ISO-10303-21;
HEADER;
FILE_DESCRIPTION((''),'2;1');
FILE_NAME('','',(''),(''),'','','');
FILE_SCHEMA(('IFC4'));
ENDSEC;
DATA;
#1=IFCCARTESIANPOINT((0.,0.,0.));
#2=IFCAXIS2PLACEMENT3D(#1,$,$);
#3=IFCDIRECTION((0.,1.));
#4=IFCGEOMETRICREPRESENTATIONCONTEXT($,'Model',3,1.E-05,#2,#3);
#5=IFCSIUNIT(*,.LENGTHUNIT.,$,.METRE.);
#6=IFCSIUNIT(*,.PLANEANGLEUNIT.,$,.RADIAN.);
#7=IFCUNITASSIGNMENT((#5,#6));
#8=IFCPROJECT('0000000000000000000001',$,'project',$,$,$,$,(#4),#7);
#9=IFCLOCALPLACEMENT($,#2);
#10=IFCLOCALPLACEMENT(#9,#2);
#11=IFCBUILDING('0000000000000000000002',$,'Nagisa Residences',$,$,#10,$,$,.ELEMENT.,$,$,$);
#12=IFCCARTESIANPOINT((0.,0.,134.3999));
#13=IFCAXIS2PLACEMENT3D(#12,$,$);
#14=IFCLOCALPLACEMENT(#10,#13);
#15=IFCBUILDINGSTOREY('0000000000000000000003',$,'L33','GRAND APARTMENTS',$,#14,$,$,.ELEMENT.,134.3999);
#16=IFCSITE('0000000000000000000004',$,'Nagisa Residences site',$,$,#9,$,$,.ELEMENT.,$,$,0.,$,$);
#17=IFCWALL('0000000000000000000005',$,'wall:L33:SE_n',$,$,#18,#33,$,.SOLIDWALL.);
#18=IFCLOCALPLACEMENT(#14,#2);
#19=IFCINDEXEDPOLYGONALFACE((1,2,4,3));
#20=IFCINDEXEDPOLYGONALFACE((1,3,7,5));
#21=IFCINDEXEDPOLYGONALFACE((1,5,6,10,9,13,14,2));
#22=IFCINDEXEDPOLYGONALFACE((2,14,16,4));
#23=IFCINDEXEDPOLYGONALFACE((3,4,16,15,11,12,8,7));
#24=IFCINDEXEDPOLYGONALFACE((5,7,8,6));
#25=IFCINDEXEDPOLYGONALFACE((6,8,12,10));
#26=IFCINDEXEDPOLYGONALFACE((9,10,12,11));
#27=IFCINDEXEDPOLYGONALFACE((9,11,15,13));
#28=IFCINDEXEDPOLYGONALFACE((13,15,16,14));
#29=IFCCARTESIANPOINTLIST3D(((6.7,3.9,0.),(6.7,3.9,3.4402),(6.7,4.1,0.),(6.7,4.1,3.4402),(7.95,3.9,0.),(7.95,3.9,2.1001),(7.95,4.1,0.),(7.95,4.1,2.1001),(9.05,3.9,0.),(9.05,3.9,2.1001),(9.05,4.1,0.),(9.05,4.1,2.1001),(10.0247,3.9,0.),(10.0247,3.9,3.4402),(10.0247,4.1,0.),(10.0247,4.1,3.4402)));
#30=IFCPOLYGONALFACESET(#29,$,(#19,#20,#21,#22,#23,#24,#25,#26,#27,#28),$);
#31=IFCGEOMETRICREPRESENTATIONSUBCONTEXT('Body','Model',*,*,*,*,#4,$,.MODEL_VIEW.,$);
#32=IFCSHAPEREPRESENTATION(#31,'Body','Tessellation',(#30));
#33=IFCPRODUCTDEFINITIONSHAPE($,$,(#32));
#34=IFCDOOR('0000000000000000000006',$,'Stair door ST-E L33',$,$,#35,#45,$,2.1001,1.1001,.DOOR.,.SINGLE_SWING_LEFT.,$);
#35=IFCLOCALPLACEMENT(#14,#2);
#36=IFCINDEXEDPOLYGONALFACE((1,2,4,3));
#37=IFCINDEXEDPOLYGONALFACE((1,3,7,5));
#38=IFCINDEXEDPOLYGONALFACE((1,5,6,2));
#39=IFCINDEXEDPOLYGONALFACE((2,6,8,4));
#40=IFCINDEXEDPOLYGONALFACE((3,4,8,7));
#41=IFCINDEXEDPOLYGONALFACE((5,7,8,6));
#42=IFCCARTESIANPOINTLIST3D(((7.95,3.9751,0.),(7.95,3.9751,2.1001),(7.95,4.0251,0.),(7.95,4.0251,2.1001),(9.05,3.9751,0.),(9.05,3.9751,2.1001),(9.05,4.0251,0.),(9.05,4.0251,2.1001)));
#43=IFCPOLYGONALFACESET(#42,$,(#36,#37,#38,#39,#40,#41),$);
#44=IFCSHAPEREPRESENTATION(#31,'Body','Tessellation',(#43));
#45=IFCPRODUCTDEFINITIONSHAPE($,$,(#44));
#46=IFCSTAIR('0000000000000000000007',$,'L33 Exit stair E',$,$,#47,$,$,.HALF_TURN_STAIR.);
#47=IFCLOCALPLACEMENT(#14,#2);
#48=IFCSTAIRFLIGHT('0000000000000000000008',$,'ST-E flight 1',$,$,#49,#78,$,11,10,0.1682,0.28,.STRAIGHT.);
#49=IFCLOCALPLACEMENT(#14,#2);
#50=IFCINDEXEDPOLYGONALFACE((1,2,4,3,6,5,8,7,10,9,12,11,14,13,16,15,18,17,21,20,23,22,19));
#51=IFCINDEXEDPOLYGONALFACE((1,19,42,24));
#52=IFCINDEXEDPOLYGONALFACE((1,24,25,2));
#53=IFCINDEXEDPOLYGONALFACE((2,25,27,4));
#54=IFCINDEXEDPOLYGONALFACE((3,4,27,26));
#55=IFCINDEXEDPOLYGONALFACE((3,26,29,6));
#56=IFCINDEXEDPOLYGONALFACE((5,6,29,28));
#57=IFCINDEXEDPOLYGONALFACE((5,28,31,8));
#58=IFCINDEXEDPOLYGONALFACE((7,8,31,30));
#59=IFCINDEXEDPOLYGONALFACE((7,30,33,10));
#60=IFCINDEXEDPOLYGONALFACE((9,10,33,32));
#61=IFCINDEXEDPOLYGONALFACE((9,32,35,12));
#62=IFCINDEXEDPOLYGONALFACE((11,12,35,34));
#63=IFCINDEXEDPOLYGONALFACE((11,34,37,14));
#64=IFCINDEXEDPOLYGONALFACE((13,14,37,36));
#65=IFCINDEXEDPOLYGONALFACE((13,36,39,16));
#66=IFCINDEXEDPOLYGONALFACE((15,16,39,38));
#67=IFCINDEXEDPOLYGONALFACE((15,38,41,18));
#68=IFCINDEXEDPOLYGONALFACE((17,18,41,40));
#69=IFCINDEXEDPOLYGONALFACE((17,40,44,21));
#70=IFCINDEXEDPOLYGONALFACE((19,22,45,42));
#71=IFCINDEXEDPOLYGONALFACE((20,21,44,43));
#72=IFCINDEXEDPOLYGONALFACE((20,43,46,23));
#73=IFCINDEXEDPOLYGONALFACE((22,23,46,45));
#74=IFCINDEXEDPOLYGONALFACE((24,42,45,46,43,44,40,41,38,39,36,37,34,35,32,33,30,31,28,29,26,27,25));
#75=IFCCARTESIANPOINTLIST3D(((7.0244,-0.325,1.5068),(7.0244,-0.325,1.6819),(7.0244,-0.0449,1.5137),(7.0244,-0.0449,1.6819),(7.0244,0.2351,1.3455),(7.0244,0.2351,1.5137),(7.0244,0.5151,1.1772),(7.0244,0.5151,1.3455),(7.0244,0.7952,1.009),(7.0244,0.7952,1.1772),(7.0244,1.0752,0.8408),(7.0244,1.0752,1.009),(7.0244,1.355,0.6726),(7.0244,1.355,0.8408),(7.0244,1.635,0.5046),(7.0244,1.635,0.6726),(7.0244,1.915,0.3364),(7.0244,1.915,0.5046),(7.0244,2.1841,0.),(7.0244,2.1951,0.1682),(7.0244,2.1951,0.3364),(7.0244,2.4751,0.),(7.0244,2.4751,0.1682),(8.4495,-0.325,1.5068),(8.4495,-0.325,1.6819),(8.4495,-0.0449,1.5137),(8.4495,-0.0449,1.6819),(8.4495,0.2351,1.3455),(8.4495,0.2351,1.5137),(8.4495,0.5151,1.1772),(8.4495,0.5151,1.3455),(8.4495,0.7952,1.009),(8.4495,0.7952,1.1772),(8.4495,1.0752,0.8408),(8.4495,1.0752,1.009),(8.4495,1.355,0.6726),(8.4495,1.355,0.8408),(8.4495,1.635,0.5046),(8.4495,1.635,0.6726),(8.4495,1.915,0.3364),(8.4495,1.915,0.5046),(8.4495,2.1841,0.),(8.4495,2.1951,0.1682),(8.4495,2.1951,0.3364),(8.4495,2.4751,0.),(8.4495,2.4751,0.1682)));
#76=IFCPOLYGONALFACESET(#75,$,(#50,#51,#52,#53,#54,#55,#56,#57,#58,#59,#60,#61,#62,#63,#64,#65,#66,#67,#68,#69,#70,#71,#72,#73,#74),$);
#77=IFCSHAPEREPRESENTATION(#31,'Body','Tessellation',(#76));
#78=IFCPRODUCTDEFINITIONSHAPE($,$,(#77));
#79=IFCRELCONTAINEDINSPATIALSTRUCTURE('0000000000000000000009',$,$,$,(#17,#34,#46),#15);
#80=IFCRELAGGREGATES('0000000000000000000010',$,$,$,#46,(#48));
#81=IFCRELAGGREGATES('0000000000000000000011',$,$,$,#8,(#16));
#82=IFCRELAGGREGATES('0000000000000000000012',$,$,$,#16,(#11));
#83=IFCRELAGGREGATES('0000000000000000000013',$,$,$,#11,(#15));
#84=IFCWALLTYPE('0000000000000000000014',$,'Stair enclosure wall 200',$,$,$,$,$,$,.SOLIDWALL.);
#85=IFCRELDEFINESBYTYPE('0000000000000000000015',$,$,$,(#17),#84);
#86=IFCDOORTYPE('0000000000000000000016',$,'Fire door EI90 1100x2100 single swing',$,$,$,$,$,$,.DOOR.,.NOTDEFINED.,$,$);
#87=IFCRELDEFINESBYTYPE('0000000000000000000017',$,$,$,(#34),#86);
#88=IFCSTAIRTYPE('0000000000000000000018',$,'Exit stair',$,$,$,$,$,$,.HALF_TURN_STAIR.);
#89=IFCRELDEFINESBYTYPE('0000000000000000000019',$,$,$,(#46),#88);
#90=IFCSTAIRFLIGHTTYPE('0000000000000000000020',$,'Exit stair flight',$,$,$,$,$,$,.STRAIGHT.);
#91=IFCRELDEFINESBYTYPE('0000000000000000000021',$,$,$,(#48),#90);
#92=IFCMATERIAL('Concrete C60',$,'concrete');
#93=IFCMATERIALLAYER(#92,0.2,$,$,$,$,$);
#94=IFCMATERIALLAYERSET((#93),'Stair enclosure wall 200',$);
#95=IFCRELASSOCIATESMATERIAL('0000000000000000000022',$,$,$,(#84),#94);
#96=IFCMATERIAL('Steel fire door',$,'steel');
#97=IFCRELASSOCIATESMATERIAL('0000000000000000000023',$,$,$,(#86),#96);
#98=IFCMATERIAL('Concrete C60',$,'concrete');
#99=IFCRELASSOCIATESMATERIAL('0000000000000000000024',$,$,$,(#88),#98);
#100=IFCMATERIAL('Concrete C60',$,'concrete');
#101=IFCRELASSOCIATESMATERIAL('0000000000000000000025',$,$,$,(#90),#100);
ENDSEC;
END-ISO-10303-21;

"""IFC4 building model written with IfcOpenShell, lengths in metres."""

from ifc_helpers import new_model, si_unit, direction, frame, frame_2d, origin, place, context, subcontext, project, spatial, polyline, rectangle, outline, extrude, material, layer, layer_set, type_object, element, fill, aggregate, save


model = new_model("IFC4")

# Units and contexts
model_context = context("Model", 3, precision=1e-05, world=origin(), true_north=direction((0.0, 1.0)))
body_context = subcontext(model_context, "Body", "Model", "MODEL_VIEW")
ifc_project = project(units=[si_unit("LENGTHUNIT", "METRE"), si_unit("PLANEANGLEUNIT", "RADIAN")], contexts=[model_context])

# Site, building, storey
site_placement = place(None, origin())
site = spatial("IfcSite", under=ifc_project, at=site_placement, Name="Nagisa Residences site", CompositionType="ELEMENT", RefElevation=0.0)
building_placement = place(site_placement, origin())
building = spatial("IfcBuilding", under=site, at=building_placement, Name="Nagisa Residences", CompositionType="ELEMENT")
storey_placement = place(building_placement, frame((0.0, 0.0, 134.3999)))
storey = spatial("IfcBuildingStorey", under=building, at=storey_placement, Name="L33", Description="GRAND APARTMENTS", CompositionType="ELEMENT", Elevation=134.3999)

# Wall, opening, door
ifc_material_1 = material(Name="Concrete C60", Category="concrete")
ifc_layer_1 = layer(ifc_material_1, 0.2)
ifc_layer_set_1 = layer_set([ifc_layer_1], Name="Stair enclosure wall 200")
wall_type_1 = type_object("IfcWallType", Name="Stair enclosure wall 200", PredefinedType="SOLIDWALL", material=ifc_layer_set_1)
wall_1_placement = place(storey_placement, frame((6.7, 4.0, 0.0), z_axis=(0.0, 0.0, 1.0), x_axis=(1.0, 0.0, 0.0)))
wall_1 = element("IfcWall", 1, at=wall_1_placement, inside=storey, type_object=wall_type_1, Name="wall:L33:SE_n", PredefinedType="SOLIDWALL", context=body_context, shape_type="SweptSolid", body=[
    extrude(rectangle(XDim=3.3247, YDim=0.2, at=frame_2d((1.6624, 0.0))), origin(), (0.0, 0.0, 1.0), 3.4402),
])
opening_1_placement = place(wall_1_placement, frame((1.25, 0.0, 0.0)))
opening_1 = element("IfcOpeningElement", 2, at=opening_1_placement, cuts=wall_1, PredefinedType="OPENING", context=body_context, shape_type="SweptSolid", body=[
    extrude(rectangle(XDim=1.1001, YDim=2.1001, at=frame_2d((0.55, 1.05))), frame((0.0, 0.1099, 0.0), z_axis=(0.0, -1.0, 0.0), x_axis=(1.0, 0.0, 0.0)), (0.0, 0.0, 1.0), 0.22),
])
ifc_material_2 = material(Name="Steel fire door", Category="steel")
door_type_1 = type_object("IfcDoorType", Name="Fire door EI90 1100x2100 single swing", OperationType="NOTDEFINED", PredefinedType="DOOR", material=ifc_material_2)
door_1_placement = place(opening_1_placement, frame((1.1001, 0.0, 0.0), x_axis=(-1.0, 0.0, 0.0)))
door_1 = element("IfcDoor", 3, at=door_1_placement, inside=storey, type_object=door_type_1, Name="Stair door ST-E L33", OperationType="SINGLE_SWING_LEFT", OverallHeight=2.1001, OverallWidth=1.1001, PredefinedType="DOOR", context=body_context, shape_type="SweptSolid", body=[
    extrude(rectangle(XDim=1.1001, YDim=2.1001, at=frame_2d((0.55, 1.05))), frame((0.0, 0.0249, 0.0), z_axis=(0.0, -1.0, 0.0), x_axis=(1.0, 0.0, 0.0)), (0.0, 0.0, 1.0), 0.05),
])
fill(opening_1, door_1)

# Stair, stair flight
ifc_material_3 = material(Name="Concrete C60", Category="concrete")
stair_type = type_object("IfcStairType", Name="Exit stair", PredefinedType="HALF_TURN_STAIR", material=ifc_material_3)
stair_placement = place(storey_placement, origin())
stair = element("IfcStair", 4, at=stair_placement, inside=storey, type_object=stair_type, Name="L33 Exit stair E", PredefinedType="HALF_TURN_STAIR")
ifc_material_4 = material(Name="Concrete C60", Category="concrete")
stair_flight_type = type_object("IfcStairFlightType", Name="Exit stair flight", PredefinedType="STRAIGHT", material=ifc_material_4)
stair_flight_placement = place(storey_placement, frame((7.7371, 2.4751, 0.0), z_axis=(0.0, 0.0, 1.0), x_axis=(0.0, -1.0, 0.0)))
stair_flight = element("IfcStairFlight", 5, at=stair_flight_placement, type_object=stair_flight_type, Name="ST-E flight 1", NumberOfRisers=11, NumberOfTreads=10, PredefinedType="STRAIGHT", RiserHeight=0.1682, TreadLength=0.28, context=body_context, shape_type="SweptSolid", body=[
    extrude(outline(polyline([(0.0, 0.0), (0.0, 0.1682), (0.28, 0.1682), (0.28, 0.3364), (0.5601, 0.3364), (0.5601, 0.5046), (0.8401, 0.5046), (0.8401, 0.6726), (1.1201, 0.6726), (1.1201, 0.8408), (1.3999, 0.8408), (1.3999, 1.009), (1.6799, 1.009), (1.6799, 1.1772), (1.96, 1.1772), (1.96, 1.3455), (2.24, 1.3455), (2.24, 1.5137), (2.52, 1.5137), (2.52, 1.6819), (2.8, 1.6819), (2.8, 1.8501), (2.8, 1.5068), (0.291, 0.0), (0.0, 0.0)])), frame((0.0, 0.7124, 0.0), z_axis=(0.0, -1.0, 0.0), x_axis=(1.0, 0.0, 0.0)), (0.0, 0.0, 1.0), 1.425),
])
aggregate(stair, [stair_flight])

save(model, "model.ifc")
